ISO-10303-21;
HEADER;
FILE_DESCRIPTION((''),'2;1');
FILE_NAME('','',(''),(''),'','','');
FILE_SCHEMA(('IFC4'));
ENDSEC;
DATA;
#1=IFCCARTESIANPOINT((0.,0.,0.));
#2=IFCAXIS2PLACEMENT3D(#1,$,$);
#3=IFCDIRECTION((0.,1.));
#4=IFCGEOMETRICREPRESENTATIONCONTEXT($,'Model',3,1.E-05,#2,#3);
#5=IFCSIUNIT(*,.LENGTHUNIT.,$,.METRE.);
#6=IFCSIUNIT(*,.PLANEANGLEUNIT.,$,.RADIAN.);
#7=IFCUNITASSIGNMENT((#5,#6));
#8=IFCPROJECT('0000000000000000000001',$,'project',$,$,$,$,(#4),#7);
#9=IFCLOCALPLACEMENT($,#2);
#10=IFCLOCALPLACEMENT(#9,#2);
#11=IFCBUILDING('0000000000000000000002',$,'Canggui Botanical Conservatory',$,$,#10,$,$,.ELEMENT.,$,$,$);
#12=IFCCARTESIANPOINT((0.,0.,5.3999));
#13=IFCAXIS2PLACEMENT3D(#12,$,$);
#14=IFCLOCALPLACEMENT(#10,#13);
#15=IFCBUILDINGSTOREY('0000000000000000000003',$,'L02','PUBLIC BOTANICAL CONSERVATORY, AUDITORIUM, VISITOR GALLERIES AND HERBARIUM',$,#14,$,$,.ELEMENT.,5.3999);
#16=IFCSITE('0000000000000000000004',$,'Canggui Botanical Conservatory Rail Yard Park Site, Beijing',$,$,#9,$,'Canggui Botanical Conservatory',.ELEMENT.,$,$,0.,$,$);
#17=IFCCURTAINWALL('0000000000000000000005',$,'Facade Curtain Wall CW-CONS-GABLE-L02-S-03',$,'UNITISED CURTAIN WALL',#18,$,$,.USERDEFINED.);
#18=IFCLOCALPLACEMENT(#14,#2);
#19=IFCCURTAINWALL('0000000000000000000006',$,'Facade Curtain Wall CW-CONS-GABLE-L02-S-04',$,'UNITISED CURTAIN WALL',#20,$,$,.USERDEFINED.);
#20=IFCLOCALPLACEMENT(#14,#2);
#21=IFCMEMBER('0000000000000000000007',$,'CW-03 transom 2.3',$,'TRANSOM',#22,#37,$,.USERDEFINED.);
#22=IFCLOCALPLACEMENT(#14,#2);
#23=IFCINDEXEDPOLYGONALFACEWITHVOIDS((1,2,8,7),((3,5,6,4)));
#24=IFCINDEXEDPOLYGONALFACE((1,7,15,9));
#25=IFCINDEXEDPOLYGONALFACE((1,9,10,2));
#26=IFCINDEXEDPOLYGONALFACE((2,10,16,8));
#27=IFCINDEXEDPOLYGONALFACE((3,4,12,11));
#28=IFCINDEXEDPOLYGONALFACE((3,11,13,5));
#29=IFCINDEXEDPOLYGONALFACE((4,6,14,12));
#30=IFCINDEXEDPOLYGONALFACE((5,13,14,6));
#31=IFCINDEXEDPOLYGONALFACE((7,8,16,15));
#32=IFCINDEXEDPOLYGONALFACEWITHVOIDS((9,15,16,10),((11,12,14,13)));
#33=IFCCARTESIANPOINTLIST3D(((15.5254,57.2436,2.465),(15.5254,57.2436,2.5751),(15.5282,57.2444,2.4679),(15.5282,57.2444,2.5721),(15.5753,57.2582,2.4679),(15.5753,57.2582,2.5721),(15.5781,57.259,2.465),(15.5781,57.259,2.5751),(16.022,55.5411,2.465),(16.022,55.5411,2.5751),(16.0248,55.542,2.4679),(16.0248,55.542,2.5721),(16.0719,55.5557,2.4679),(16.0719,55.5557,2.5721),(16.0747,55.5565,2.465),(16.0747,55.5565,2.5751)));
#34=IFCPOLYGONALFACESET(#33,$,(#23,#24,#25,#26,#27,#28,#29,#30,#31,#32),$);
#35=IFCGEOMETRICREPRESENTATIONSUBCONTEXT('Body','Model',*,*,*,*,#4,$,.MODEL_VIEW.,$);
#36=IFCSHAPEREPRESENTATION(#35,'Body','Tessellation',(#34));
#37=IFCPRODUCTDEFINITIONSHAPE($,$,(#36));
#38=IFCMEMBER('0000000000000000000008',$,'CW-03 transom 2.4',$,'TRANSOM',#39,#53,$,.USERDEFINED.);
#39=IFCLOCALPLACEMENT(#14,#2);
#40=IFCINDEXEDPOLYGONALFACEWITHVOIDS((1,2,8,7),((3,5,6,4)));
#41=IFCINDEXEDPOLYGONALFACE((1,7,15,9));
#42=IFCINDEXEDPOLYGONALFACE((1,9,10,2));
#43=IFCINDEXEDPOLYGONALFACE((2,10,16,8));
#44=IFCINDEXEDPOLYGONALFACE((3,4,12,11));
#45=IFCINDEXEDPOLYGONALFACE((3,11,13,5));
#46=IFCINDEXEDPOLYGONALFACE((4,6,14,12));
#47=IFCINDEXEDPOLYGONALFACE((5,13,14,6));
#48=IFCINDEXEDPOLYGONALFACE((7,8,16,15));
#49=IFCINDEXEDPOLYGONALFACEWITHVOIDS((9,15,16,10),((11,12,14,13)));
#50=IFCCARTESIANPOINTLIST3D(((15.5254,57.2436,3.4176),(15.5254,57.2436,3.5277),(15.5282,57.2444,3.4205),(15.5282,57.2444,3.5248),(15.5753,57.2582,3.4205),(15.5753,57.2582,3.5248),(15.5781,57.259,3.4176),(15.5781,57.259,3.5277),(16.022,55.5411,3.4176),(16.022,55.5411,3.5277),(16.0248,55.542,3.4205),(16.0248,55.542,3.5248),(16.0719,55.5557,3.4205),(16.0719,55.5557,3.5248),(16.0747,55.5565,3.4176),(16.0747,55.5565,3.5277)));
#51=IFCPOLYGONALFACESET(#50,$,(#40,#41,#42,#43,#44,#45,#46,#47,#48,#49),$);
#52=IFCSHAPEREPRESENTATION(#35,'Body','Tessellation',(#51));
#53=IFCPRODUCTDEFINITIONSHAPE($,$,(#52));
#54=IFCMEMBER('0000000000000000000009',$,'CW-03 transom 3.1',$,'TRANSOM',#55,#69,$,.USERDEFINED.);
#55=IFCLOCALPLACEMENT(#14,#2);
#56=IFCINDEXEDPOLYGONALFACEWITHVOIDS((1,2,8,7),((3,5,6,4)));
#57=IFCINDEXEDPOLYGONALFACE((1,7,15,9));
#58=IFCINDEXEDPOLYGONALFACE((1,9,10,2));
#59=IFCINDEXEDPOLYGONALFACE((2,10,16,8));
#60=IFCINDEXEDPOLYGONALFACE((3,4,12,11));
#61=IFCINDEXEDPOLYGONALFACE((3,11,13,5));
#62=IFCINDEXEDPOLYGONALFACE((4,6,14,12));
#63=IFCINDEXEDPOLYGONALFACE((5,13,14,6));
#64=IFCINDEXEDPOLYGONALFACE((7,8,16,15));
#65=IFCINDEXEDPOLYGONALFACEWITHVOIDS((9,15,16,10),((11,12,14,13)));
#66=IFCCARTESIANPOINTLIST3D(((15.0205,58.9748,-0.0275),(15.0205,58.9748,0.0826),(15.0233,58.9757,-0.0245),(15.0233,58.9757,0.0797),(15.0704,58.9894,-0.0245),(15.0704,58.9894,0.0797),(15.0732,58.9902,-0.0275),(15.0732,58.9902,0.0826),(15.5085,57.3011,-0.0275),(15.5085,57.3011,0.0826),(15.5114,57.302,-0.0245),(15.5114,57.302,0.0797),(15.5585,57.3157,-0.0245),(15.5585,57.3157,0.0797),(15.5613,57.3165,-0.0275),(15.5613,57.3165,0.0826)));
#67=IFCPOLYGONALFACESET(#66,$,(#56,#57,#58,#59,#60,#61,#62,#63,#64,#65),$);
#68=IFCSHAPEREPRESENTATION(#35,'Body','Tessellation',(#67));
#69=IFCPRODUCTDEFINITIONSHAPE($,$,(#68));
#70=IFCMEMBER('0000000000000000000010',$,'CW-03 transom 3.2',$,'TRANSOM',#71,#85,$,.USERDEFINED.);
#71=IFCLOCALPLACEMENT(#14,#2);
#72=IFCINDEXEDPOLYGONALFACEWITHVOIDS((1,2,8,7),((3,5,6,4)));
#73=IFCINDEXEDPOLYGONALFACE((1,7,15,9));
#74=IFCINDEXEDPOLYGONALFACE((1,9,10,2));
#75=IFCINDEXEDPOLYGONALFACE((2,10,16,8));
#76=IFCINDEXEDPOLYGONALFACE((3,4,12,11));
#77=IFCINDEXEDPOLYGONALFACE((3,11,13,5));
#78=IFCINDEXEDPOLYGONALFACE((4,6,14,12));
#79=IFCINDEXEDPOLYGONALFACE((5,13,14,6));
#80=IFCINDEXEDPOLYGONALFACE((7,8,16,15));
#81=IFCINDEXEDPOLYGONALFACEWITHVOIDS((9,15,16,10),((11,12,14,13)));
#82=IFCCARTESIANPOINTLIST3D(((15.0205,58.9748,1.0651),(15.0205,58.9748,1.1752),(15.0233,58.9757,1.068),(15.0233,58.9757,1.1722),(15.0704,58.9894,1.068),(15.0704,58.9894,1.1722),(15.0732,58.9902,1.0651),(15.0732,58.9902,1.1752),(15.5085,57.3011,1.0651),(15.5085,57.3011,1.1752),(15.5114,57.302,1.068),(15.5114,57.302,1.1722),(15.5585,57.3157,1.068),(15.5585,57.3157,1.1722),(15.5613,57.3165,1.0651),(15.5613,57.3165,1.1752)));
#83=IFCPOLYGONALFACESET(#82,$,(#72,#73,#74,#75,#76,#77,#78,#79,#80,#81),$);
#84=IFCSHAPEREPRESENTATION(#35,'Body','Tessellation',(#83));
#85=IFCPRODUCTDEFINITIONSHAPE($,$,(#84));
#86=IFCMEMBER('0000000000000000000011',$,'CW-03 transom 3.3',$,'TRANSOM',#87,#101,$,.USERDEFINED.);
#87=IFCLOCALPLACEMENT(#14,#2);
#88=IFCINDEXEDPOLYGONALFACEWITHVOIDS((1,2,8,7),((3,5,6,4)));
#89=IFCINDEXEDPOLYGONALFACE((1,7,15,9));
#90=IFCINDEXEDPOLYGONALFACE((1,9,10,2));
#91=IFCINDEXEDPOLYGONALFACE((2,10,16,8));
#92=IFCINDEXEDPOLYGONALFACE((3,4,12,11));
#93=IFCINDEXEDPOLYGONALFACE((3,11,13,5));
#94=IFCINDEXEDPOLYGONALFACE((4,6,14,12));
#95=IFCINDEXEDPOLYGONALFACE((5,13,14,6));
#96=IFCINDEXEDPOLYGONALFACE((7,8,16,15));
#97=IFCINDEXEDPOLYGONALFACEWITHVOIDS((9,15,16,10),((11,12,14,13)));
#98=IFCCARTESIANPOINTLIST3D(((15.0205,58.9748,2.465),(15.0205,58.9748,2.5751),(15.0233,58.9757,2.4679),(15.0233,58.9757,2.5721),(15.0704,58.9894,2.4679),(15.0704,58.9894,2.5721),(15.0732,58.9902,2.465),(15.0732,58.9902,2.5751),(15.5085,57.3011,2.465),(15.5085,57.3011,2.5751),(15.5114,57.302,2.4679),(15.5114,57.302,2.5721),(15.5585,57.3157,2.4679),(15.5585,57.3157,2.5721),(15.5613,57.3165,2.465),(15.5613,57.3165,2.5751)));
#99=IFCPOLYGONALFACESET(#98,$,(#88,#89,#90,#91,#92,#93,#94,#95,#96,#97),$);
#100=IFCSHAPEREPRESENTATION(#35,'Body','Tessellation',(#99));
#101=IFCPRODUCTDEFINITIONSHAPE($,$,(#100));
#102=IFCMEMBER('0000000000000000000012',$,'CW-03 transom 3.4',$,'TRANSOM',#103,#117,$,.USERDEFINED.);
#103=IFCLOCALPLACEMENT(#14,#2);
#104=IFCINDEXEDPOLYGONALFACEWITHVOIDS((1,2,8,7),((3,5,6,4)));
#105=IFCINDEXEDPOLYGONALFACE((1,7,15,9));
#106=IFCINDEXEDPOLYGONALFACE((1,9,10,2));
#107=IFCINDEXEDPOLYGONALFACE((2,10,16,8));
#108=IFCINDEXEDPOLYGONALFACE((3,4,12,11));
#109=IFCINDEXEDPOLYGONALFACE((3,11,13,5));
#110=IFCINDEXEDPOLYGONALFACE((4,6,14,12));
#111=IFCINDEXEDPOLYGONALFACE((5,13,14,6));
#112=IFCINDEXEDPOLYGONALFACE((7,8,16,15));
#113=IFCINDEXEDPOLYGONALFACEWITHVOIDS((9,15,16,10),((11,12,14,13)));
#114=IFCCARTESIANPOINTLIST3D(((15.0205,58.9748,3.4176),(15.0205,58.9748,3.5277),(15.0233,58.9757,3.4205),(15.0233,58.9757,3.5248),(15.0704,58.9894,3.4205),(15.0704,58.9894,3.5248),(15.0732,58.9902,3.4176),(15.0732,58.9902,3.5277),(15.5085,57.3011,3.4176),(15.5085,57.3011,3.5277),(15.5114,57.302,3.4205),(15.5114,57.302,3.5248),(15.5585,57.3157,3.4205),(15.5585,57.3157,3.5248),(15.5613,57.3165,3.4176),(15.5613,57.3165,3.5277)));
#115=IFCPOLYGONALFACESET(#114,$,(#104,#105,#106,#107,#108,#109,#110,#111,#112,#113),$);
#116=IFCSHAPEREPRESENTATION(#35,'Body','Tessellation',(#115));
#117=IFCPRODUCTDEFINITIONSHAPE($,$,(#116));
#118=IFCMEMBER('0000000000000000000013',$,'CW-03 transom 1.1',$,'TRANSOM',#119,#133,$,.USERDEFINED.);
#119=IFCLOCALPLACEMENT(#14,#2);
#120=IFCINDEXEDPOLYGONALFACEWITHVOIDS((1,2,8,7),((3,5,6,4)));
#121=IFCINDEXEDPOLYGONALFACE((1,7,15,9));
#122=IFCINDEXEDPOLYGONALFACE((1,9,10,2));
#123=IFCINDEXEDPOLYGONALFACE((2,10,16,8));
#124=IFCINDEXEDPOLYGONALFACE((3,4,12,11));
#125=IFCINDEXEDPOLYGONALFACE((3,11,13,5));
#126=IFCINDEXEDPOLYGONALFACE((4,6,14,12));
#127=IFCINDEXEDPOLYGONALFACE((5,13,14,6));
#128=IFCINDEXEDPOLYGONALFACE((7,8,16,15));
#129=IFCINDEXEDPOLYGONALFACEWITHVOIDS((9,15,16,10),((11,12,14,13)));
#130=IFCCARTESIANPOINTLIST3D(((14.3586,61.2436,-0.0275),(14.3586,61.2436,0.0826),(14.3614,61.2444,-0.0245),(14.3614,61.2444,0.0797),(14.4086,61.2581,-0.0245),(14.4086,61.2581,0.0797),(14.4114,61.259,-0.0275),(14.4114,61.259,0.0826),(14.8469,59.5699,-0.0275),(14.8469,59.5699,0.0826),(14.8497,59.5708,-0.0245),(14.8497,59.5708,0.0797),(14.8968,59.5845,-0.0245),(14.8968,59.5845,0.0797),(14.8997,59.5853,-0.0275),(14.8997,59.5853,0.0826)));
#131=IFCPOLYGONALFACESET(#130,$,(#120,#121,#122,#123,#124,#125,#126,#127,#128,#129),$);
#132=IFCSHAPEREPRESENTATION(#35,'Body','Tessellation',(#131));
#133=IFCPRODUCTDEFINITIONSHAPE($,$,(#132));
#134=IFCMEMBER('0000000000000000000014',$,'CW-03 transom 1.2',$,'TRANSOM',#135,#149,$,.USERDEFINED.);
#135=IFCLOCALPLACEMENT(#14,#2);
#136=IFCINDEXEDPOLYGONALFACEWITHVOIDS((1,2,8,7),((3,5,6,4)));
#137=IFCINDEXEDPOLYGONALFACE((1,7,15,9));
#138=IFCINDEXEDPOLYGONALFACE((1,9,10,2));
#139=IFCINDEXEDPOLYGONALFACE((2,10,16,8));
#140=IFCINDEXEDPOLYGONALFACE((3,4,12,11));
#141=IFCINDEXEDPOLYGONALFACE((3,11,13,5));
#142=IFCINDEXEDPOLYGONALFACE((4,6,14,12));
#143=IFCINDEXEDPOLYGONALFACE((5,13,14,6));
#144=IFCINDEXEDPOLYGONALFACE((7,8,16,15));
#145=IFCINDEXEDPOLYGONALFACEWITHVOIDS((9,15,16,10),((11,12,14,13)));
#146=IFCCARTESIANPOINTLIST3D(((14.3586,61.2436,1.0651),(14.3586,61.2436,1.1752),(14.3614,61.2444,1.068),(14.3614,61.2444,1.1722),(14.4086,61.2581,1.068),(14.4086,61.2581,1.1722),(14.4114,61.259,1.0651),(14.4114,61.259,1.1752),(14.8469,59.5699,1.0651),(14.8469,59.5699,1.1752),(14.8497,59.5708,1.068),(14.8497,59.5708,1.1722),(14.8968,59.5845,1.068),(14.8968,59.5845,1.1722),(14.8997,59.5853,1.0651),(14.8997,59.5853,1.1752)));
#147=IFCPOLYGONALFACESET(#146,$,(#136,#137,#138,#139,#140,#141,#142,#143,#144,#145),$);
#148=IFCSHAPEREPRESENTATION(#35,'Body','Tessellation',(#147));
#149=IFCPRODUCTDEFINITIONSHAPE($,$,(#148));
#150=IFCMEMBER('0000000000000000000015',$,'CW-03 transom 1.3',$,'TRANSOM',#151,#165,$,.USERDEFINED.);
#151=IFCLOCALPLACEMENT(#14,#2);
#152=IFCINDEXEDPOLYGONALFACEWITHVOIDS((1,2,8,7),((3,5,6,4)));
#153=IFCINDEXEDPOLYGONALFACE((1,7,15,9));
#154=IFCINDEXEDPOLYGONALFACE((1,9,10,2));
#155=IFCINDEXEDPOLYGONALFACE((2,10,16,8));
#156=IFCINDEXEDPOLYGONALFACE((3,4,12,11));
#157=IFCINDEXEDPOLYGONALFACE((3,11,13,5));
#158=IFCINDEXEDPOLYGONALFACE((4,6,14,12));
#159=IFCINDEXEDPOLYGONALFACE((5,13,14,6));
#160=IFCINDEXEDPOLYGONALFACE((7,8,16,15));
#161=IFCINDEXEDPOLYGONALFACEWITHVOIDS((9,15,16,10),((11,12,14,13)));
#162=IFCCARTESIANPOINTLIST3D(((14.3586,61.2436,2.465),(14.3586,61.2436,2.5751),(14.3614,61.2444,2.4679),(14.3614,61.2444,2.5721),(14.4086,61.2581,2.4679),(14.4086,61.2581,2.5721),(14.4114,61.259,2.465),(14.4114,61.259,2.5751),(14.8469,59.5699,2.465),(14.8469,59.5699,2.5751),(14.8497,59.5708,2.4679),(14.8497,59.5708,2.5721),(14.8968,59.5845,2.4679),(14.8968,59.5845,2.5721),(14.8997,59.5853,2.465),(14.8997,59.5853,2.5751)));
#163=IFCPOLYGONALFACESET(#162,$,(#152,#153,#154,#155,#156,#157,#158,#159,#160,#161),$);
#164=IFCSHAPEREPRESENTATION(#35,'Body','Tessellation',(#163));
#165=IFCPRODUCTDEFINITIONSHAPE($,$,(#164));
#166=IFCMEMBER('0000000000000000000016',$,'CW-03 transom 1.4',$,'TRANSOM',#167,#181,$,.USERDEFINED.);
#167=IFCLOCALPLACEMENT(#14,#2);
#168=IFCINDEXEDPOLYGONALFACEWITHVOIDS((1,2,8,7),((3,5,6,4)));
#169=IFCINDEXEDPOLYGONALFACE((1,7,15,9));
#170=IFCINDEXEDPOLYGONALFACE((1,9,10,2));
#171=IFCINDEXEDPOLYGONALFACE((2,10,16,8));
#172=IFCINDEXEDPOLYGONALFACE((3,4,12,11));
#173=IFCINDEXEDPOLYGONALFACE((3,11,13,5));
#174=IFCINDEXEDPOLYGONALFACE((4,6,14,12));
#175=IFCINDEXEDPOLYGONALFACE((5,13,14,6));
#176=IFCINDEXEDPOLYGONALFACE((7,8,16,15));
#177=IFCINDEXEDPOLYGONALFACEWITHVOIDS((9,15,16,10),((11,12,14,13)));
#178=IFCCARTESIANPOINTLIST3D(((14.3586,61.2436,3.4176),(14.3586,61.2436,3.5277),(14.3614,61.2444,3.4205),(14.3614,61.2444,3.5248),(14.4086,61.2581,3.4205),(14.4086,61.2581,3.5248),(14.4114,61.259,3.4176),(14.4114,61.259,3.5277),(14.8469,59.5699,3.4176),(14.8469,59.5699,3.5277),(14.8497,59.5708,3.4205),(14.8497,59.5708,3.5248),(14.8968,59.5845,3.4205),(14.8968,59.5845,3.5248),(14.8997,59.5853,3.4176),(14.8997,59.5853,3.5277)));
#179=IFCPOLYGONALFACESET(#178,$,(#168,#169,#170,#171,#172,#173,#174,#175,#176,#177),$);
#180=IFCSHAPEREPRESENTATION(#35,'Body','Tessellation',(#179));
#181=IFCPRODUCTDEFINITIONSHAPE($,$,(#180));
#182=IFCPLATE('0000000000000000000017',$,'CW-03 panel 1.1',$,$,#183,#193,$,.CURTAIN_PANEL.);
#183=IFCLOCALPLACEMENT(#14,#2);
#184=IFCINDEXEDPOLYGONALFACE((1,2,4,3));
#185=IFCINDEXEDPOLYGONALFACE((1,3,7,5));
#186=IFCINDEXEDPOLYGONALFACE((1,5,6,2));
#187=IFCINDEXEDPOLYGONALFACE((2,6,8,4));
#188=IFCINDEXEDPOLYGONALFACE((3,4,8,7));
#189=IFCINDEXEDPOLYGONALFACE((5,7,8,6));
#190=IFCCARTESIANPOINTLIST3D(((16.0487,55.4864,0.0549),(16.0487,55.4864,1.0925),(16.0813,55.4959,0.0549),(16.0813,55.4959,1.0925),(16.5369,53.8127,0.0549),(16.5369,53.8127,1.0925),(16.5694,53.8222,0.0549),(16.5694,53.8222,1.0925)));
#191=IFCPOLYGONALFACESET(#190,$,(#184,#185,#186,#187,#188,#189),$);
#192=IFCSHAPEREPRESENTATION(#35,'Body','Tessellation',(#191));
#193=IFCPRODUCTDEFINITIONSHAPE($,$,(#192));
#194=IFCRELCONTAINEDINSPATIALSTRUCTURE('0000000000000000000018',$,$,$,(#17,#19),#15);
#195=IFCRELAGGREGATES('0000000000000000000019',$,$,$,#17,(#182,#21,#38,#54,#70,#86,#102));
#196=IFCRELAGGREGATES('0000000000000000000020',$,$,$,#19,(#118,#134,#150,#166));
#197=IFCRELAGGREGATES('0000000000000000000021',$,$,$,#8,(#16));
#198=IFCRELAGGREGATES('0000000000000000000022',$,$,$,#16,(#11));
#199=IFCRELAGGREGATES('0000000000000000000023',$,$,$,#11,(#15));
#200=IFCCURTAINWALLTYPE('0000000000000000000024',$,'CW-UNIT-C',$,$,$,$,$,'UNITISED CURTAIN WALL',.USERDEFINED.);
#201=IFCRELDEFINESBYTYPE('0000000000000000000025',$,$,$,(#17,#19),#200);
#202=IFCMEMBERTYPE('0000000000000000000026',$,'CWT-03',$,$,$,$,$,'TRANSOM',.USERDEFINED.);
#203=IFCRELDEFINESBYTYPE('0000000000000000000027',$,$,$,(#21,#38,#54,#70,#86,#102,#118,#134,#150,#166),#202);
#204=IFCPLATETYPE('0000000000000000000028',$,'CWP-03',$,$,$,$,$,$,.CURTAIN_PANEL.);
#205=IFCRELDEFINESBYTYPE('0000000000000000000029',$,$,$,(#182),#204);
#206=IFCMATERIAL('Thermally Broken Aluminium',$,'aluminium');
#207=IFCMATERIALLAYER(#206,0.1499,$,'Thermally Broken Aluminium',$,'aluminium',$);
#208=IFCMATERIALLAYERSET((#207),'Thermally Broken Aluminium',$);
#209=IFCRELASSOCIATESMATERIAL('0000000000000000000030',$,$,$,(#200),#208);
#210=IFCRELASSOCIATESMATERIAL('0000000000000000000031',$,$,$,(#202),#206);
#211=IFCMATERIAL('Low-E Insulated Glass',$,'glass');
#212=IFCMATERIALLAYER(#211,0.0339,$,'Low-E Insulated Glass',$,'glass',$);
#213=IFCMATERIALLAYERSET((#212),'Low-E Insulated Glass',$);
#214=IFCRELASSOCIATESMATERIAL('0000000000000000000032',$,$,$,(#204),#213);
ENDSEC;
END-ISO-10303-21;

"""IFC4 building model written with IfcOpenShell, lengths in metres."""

from ifc_helpers import new_model, si_unit, direction, frame, origin, origin_2d, place, context, subcontext, project, spatial, rectangle, hollow_rectangle, extrude, material, layer, layer_set, material_profile, profile_set, type_object, element, aggregate, save


model = new_model("IFC4")

# Units and contexts
model_context = context("Model", 3, precision=1e-05, world=origin(), true_north=direction((0.0, 1.0)))
body_context = subcontext(model_context, "Body", "Model", "MODEL_VIEW")
ifc_project = project(units=[si_unit("LENGTHUNIT", "METRE"), si_unit("PLANEANGLEUNIT", "RADIAN")], contexts=[model_context])

# Site, building, storey
site_placement = place(None, origin())
site = spatial("IfcSite", under=ifc_project, at=site_placement, Name="Canggui Botanical Conservatory Rail Yard Park Site, Beijing", LongName="Canggui Botanical Conservatory", CompositionType="ELEMENT", RefElevation=0.0)
building_placement = place(site_placement, origin())
building = spatial("IfcBuilding", under=site, at=building_placement, Name="Canggui Botanical Conservatory", CompositionType="ELEMENT")
storey_placement = place(building_placement, frame((0.0, 0.0, 5.3999)))
storey = spatial("IfcBuildingStorey", under=building, at=storey_placement, Name="L02", Description="PUBLIC BOTANICAL CONSERVATORY, AUDITORIUM, VISITOR GALLERIES AND HERBARIUM", CompositionType="ELEMENT", Elevation=5.3999)

# Curtain wall
ifc_material_1 = material(Name="Thermally Broken Aluminium", Category="aluminium")
ifc_layer_1 = layer(ifc_material_1, 0.1499, Name="Thermally Broken Aluminium", Category="aluminium")
ifc_layer_set_1 = layer_set([ifc_layer_1], Name="Thermally Broken Aluminium")
curtain_wall_type = type_object("IfcCurtainWallType", Name="CW-UNIT-C", ElementType="UNITISED CURTAIN WALL", PredefinedType="USERDEFINED", material=ifc_layer_set_1)
curtain_wall_1_placement = place(storey_placement, origin())
curtain_wall_1 = element("IfcCurtainWall", 1, at=curtain_wall_1_placement, inside=storey, type_object=curtain_wall_type, Name="Facade Curtain Wall CW-CONS-GABLE-L02-S-03", ObjectType="UNITISED CURTAIN WALL", PredefinedType="USERDEFINED")

# Curtain wall
curtain_wall_2_placement = place(storey_placement, origin())
curtain_wall_2 = element("IfcCurtainWall", 2, at=curtain_wall_2_placement, inside=storey, type_object=curtain_wall_type, Name="Facade Curtain Wall CW-CONS-GABLE-L02-S-04", ObjectType="UNITISED CURTAIN WALL", PredefinedType="USERDEFINED")

# Members
ifc_material_profile_1 = material_profile(ifc_material_1, hollow_rectangle(XDim=0.0549, YDim=0.1101, WallThickness=0.0029, at=origin_2d()), Name="CWT 55x110x3")
ifc_profile_set_1 = profile_set([ifc_material_profile_1], Name="Thermally Broken Aluminium")
member_type_1 = type_object("IfcMemberType", Name="CWT-03", ElementType="TRANSOM", PredefinedType="USERDEFINED", material=ifc_profile_set_1)
member_1_placement = place(storey_placement, frame((16.0483, 55.5488, 2.52), z_axis=(-0.280026, 0.959992, 0.0), x_axis=(-0.959992, -0.280026, 0.0)))
member_1 = element("IfcMember", 3, at=member_1_placement, type_object=member_type_1, Name="CW-03 transom 2.3", ObjectType="TRANSOM", PredefinedType="USERDEFINED", context=body_context, shape_type="SweptSolid", body=[
    extrude(hollow_rectangle(XDim=0.0549, YDim=0.1101, WallThickness=0.0029, at=origin_2d()), origin(), (0.0, 0.0, 1.0), 1.7734),
])
member_2_placement = place(storey_placement, frame((16.0483, 55.5488, 3.4727), z_axis=(-0.280026, 0.959992, 0.0), x_axis=(-0.959992, -0.280026, 0.0)))
member_2 = element("IfcMember", 4, at=member_2_placement, type_object=member_type_1, Name="CW-03 transom 2.4", ObjectType="TRANSOM", PredefinedType="USERDEFINED", context=body_context, shape_type="SweptSolid", body=[
    extrude(hollow_rectangle(XDim=0.0549, YDim=0.1101, WallThickness=0.0029, at=origin_2d()), origin(), (0.0, 0.0, 1.0), 1.7734),
])
member_3_placement = place(storey_placement, frame((15.5349, 57.3088, 0.0276), z_axis=(-0.279952, 0.960014, 0.0), x_axis=(-0.960014, -0.279952, 0.0)))
member_3 = element("IfcMember", 5, at=member_3_placement, type_object=member_type_1, Name="CW-03 transom 3.1", ObjectType="TRANSOM", PredefinedType="USERDEFINED", context=body_context, shape_type="SweptSolid", body=[
    extrude(hollow_rectangle(XDim=0.0549, YDim=0.1101, WallThickness=0.0029, at=origin_2d()), origin(), (0.0, 0.0, 1.0), 1.7434),
])
member_4_placement = place(storey_placement, frame((15.5349, 57.3088, 1.1201), z_axis=(-0.279952, 0.960014, 0.0), x_axis=(-0.960014, -0.279952, 0.0)))
member_4 = element("IfcMember", 6, at=member_4_placement, type_object=member_type_1, Name="CW-03 transom 3.2", ObjectType="TRANSOM", PredefinedType="USERDEFINED", context=body_context, shape_type="SweptSolid", body=[
    extrude(hollow_rectangle(XDim=0.0549, YDim=0.1101, WallThickness=0.0029, at=origin_2d()), origin(), (0.0, 0.0, 1.0), 1.7434),
])
member_5_placement = place(storey_placement, frame((15.5349, 57.3088, 2.52), z_axis=(-0.279952, 0.960014, 0.0), x_axis=(-0.960014, -0.279952, 0.0)))
member_5 = element("IfcMember", 7, at=member_5_placement, type_object=member_type_1, Name="CW-03 transom 3.3", ObjectType="TRANSOM", PredefinedType="USERDEFINED", context=body_context, shape_type="SweptSolid", body=[
    extrude(hollow_rectangle(XDim=0.0549, YDim=0.1101, WallThickness=0.0029, at=origin_2d()), origin(), (0.0, 0.0, 1.0), 1.7434),
])
member_6_placement = place(storey_placement, frame((15.5349, 57.3088, 3.4727), z_axis=(-0.279952, 0.960014, 0.0), x_axis=(-0.960014, -0.279952, 0.0)))
member_6 = element("IfcMember", 8, at=member_6_placement, type_object=member_type_1, Name="CW-03 transom 3.4", ObjectType="TRANSOM", PredefinedType="USERDEFINED", context=body_context, shape_type="SweptSolid", body=[
    extrude(hollow_rectangle(XDim=0.0549, YDim=0.1101, WallThickness=0.0029, at=origin_2d()), origin(), (0.0, 0.0, 1.0), 1.7434),
])
member_7_placement = place(storey_placement, frame((14.8733, 59.5776, 0.0276), z_axis=(-0.280081, 0.959976, 0.0), x_axis=(-0.959976, -0.280081, 0.0)))
member_7 = element("IfcMember", 9, at=member_7_placement, type_object=member_type_1, Name="CW-03 transom 1.1", ObjectType="TRANSOM", PredefinedType="USERDEFINED", context=body_context, shape_type="SweptSolid", body=[
    extrude(hollow_rectangle(XDim=0.0549, YDim=0.1101, WallThickness=0.0029, at=origin_2d()), origin(), (0.0, 0.0, 1.0), 1.7434),
])
member_8_placement = place(storey_placement, frame((14.8733, 59.5776, 1.1201), z_axis=(-0.280081, 0.959976, 0.0), x_axis=(-0.959976, -0.280081, 0.0)))
member_8 = element("IfcMember", 10, at=member_8_placement, type_object=member_type_1, Name="CW-03 transom 1.2", ObjectType="TRANSOM", PredefinedType="USERDEFINED", context=body_context, shape_type="SweptSolid", body=[
    extrude(hollow_rectangle(XDim=0.0549, YDim=0.1101, WallThickness=0.0029, at=origin_2d()), origin(), (0.0, 0.0, 1.0), 1.7434),
])
member_9_placement = place(storey_placement, frame((14.8733, 59.5776, 2.52), z_axis=(-0.280081, 0.959976, 0.0), x_axis=(-0.959976, -0.280081, 0.0)))
member_9 = element("IfcMember", 11, at=member_9_placement, type_object=member_type_1, Name="CW-03 transom 1.3", ObjectType="TRANSOM", PredefinedType="USERDEFINED", context=body_context, shape_type="SweptSolid", body=[
    extrude(hollow_rectangle(XDim=0.0549, YDim=0.1101, WallThickness=0.0029, at=origin_2d()), origin(), (0.0, 0.0, 1.0), 1.7434),
])
member_10_placement = place(storey_placement, frame((14.8733, 59.5776, 3.4727), z_axis=(-0.280081, 0.959976, 0.0), x_axis=(-0.959976, -0.280081, 0.0)))
member_10 = element("IfcMember", 12, at=member_10_placement, type_object=member_type_1, Name="CW-03 transom 1.4", ObjectType="TRANSOM", PredefinedType="USERDEFINED", context=body_context, shape_type="SweptSolid", body=[
    extrude(hollow_rectangle(XDim=0.0549, YDim=0.1101, WallThickness=0.0029, at=origin_2d()), origin(), (0.0, 0.0, 1.0), 1.7434),
])

# Plate
ifc_material_2 = material(Name="Low-E Insulated Glass", Category="glass")
ifc_layer_2 = layer(ifc_material_2, 0.0339, Name="Low-E Insulated Glass", Category="glass")
ifc_layer_set_2 = layer_set([ifc_layer_2], Name="Low-E Insulated Glass")
plate_type = type_object("IfcPlateType", Name="CWP-03", PredefinedType="CURTAIN_PANEL", material=ifc_layer_set_2)
plate_1_placement = place(storey_placement, frame((16.3091, 54.6543, 0.0549), z_axis=(0.0, 0.0, 1.0), x_axis=(-0.28, 0.96, 0.0)))
plate_1 = element("IfcPlate", 13, at=plate_1_placement, type_object=plate_type, Name="CW-03 panel 1.1", PredefinedType="CURTAIN_PANEL", context=body_context, shape_type="SweptSolid", body=[
    extrude(rectangle(XDim=1.7434, YDim=0.0339, at=origin_2d()), origin(), (0.0, 0.0, 1.0), 1.0376),
])
aggregate(curtain_wall_1, [plate_1, member_1, member_2, member_3, member_4, member_5, member_6])
aggregate(curtain_wall_2, [member_7, member_8, member_9, member_10])

save(model, "model.ifc")
